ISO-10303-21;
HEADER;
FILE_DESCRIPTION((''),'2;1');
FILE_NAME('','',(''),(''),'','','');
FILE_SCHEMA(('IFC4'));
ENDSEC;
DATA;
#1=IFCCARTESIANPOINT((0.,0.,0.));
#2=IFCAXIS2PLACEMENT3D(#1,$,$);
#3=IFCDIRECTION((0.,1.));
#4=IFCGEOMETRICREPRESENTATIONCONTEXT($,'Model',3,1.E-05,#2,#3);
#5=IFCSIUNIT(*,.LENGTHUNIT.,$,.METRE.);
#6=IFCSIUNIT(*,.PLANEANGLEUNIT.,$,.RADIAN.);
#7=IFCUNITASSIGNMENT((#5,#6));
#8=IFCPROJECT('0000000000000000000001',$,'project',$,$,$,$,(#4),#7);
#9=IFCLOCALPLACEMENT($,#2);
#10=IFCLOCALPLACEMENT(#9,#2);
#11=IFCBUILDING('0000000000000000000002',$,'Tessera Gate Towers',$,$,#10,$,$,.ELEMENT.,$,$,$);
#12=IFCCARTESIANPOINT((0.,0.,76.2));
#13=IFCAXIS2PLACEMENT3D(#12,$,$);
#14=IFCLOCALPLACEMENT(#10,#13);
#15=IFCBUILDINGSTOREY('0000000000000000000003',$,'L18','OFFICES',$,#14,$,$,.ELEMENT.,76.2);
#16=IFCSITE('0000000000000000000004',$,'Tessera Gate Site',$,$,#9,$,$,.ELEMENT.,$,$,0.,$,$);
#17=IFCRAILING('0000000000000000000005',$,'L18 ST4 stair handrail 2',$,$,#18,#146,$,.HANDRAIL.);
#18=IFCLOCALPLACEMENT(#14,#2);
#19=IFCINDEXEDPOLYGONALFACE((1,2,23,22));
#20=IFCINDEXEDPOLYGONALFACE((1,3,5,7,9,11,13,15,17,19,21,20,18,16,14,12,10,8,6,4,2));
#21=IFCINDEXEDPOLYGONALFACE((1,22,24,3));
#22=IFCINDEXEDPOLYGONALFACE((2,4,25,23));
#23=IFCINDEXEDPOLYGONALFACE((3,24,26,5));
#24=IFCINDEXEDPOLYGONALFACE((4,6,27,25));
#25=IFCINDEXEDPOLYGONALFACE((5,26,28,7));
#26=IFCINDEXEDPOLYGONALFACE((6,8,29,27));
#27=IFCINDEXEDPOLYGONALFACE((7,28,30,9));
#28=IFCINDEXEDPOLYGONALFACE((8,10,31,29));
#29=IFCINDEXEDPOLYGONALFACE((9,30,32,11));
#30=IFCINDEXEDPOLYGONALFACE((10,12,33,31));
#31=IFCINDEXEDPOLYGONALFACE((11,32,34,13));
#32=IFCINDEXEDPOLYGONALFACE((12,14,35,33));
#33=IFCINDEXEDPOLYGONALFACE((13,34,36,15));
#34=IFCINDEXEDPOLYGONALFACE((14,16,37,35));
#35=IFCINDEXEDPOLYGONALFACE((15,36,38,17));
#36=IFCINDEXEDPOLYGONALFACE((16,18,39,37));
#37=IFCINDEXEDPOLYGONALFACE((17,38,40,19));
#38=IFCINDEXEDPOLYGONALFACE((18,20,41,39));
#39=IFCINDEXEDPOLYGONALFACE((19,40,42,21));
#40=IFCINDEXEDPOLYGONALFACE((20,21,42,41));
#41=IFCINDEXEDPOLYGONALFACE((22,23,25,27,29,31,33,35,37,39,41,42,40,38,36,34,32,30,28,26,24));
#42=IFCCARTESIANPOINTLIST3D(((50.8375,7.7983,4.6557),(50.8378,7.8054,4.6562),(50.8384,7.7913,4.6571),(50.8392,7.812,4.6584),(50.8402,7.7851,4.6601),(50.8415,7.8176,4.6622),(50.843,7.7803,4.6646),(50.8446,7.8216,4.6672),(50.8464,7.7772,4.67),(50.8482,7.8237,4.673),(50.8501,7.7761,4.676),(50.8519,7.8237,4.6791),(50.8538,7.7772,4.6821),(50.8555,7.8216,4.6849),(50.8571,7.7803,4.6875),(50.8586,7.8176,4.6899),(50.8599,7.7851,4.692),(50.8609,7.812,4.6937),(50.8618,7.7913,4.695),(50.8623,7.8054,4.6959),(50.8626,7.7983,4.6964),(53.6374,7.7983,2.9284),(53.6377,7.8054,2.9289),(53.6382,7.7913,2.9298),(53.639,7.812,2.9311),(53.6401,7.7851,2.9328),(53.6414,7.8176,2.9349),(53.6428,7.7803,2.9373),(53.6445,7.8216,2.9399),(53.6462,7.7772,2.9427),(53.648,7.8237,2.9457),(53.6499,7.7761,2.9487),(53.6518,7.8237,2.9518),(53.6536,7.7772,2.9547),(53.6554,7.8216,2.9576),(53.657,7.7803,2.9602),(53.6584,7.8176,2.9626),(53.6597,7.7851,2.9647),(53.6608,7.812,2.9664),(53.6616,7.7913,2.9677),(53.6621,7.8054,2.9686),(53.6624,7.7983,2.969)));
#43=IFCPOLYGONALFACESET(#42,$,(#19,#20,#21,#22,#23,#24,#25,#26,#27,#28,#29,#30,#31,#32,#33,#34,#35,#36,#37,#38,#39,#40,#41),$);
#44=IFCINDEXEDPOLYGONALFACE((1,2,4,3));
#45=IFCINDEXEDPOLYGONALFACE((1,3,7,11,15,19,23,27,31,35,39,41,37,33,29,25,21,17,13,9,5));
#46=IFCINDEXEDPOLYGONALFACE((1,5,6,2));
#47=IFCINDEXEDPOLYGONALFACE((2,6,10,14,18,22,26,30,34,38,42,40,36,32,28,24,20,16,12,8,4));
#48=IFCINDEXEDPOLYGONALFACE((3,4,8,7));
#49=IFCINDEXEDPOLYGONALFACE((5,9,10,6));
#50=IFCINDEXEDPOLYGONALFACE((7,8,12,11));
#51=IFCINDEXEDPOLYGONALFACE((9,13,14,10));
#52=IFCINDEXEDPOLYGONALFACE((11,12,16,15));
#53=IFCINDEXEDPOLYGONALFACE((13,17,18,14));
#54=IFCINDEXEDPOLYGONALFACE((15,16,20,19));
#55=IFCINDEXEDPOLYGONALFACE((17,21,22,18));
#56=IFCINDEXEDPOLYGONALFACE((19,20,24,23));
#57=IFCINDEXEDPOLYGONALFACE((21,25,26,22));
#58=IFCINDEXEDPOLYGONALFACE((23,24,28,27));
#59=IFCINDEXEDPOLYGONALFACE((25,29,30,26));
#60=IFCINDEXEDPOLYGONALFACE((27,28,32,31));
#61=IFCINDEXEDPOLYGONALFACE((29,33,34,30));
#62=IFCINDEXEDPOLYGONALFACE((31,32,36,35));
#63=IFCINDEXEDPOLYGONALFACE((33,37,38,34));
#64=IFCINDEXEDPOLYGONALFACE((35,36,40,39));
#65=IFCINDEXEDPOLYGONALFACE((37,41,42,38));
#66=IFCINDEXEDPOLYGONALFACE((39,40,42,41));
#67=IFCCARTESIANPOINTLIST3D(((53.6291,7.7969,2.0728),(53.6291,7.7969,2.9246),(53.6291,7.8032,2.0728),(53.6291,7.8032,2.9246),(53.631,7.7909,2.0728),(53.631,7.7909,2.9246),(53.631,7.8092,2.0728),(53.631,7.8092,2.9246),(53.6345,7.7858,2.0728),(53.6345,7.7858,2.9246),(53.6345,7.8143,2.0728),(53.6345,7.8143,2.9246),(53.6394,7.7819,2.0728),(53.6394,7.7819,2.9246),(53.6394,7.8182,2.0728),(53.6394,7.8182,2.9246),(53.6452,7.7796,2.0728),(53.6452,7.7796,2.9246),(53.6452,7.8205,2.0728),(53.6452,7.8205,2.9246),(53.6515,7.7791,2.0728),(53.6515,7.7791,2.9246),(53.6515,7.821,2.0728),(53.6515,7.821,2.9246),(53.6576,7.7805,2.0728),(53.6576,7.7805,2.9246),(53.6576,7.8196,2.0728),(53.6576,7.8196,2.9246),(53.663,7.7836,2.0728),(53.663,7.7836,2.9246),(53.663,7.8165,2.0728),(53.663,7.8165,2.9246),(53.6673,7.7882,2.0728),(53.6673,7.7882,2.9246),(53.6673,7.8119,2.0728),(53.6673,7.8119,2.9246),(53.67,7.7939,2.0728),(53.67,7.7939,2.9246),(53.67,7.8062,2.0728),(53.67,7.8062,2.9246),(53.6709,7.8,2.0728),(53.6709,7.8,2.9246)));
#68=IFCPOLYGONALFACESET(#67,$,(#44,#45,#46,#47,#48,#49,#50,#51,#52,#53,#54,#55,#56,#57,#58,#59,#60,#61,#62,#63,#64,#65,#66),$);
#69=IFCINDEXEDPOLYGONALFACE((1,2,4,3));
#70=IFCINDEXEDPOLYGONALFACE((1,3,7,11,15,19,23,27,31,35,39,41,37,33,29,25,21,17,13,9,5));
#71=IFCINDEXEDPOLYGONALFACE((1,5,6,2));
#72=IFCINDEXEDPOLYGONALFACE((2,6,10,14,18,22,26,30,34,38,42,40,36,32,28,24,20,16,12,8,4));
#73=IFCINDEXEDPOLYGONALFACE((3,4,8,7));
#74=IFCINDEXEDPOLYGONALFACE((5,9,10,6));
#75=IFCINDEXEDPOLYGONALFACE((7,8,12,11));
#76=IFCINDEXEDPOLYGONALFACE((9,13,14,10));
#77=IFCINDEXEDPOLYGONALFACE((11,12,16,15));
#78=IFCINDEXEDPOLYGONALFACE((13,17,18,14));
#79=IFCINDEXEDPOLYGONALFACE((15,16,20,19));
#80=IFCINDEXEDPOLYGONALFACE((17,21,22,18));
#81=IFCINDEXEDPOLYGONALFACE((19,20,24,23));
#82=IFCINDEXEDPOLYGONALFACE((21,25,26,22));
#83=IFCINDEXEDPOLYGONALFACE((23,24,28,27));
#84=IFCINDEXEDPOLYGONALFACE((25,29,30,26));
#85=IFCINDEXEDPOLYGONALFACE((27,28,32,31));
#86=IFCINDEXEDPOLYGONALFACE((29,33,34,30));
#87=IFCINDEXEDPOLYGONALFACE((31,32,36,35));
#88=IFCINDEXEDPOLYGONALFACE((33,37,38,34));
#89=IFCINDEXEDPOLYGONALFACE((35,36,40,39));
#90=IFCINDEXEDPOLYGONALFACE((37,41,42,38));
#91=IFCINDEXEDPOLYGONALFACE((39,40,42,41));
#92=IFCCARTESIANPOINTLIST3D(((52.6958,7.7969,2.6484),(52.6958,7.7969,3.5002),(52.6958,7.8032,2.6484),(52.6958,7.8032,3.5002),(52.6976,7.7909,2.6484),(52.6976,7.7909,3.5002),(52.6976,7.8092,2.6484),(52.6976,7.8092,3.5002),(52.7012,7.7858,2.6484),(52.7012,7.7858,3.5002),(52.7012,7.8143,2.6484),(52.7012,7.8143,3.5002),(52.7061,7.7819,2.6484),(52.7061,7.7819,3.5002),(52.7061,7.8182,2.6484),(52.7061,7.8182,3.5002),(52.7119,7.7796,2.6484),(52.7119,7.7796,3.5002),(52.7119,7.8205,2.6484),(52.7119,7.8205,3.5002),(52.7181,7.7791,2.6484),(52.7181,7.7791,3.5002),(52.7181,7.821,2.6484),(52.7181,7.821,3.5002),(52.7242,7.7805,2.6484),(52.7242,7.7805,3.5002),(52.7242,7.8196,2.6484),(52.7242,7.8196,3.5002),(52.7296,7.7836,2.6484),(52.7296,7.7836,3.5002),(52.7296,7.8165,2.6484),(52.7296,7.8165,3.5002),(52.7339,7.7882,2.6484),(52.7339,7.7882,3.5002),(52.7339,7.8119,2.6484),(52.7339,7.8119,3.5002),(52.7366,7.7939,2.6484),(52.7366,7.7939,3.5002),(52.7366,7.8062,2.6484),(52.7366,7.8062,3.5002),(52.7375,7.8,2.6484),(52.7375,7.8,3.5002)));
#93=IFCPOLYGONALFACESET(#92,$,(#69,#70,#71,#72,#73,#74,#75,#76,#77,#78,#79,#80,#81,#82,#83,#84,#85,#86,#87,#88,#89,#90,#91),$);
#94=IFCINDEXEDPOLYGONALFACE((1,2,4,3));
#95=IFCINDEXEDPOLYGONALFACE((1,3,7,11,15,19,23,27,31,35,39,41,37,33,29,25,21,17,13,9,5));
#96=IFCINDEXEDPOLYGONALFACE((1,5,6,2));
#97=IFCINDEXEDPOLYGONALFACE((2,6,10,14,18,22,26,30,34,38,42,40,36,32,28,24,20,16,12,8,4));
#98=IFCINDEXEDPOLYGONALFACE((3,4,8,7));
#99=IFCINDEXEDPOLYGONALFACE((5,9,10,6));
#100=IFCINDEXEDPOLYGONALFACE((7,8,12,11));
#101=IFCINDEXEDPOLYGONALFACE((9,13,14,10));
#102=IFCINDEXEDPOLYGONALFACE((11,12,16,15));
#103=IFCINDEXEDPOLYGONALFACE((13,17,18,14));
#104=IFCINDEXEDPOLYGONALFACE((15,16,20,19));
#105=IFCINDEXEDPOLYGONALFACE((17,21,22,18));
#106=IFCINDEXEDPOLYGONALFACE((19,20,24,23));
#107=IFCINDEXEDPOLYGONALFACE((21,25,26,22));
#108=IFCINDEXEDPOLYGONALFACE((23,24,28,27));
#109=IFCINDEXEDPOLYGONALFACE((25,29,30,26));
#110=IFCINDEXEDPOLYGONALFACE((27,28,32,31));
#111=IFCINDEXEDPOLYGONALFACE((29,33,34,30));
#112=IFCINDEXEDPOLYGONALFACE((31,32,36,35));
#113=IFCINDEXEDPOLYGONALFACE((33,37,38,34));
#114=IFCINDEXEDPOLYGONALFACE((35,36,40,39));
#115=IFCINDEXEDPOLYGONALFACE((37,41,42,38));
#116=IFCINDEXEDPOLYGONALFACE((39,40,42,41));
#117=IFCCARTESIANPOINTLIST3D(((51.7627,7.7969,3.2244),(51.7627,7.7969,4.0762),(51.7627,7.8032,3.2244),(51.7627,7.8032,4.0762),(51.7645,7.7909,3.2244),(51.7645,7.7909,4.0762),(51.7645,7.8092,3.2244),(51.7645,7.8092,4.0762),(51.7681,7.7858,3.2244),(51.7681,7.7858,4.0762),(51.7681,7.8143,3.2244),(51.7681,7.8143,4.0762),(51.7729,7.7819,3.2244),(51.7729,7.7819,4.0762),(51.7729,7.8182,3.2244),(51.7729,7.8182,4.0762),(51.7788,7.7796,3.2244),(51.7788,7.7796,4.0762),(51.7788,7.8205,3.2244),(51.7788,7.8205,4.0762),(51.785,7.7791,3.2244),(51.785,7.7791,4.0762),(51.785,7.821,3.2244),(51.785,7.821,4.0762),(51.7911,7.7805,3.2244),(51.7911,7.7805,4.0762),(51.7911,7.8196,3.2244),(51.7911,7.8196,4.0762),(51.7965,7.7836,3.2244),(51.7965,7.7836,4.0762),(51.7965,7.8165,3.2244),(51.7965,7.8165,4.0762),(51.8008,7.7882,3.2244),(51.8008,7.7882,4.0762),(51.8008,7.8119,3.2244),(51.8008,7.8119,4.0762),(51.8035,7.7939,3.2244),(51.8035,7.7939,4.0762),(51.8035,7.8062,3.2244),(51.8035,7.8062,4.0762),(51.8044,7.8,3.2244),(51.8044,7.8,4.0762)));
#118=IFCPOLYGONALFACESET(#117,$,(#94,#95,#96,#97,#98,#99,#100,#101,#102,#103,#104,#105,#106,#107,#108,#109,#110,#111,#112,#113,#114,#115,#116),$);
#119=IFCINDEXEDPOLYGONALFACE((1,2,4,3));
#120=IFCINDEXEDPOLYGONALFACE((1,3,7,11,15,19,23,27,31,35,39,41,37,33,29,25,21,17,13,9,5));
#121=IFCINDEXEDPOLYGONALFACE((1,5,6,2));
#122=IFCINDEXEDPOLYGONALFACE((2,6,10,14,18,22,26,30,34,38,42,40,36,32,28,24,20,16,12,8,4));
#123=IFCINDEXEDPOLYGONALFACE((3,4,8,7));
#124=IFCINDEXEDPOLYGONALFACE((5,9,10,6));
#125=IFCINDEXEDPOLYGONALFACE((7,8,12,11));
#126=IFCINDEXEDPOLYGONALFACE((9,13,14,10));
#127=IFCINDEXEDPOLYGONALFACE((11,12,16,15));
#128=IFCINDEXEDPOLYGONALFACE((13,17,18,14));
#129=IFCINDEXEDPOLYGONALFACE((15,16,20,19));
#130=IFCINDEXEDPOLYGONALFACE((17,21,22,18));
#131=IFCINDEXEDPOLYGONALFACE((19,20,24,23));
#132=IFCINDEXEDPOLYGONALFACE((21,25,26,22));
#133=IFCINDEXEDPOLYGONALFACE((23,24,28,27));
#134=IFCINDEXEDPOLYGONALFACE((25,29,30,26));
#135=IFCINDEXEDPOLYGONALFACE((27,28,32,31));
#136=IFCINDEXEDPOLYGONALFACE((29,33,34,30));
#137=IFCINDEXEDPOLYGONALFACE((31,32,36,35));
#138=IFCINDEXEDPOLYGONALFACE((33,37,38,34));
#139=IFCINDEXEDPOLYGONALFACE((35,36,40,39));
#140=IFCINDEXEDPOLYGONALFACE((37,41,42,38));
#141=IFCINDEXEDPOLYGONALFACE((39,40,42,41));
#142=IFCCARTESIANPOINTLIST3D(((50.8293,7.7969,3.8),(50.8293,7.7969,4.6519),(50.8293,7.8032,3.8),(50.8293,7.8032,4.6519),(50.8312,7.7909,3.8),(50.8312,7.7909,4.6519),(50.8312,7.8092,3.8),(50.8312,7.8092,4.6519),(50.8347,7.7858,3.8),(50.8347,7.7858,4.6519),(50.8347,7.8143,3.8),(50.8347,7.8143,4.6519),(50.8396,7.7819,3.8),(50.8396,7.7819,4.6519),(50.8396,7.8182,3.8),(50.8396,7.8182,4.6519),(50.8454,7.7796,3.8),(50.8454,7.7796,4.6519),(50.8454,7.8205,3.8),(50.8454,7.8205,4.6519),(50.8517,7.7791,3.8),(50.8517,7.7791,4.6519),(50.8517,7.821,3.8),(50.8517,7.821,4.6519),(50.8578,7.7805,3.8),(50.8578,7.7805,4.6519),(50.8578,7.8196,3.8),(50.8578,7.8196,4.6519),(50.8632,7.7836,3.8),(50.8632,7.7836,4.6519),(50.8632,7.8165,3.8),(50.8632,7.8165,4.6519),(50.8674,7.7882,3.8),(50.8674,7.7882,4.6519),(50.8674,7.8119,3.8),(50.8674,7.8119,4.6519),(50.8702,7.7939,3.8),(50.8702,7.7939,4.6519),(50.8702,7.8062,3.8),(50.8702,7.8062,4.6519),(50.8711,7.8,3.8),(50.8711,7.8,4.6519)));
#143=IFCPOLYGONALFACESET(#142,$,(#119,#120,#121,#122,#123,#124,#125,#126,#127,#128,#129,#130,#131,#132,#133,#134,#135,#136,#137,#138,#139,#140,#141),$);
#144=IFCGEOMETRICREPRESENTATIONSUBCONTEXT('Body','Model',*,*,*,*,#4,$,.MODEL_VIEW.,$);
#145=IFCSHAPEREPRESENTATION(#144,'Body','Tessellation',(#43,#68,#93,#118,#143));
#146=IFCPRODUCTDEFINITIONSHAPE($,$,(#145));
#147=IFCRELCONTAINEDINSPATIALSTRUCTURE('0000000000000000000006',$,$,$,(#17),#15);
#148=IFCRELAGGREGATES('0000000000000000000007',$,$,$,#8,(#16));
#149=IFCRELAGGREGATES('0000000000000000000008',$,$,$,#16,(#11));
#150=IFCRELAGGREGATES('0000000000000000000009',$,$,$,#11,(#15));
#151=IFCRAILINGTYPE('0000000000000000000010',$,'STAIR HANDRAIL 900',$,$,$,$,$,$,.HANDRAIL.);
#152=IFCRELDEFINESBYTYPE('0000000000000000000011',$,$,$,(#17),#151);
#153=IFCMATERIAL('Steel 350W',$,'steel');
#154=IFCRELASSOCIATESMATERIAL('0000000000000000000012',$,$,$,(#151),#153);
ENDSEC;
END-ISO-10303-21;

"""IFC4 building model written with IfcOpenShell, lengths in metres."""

from ifc_helpers import new_model, si_unit, direction, frame, origin, origin_2d, place, context, subcontext, project, spatial, circle, extrude, material, type_object, element, save


model = new_model("IFC4")

# Units and contexts
model_context = context("Model", 3, precision=1e-05, world=origin(), true_north=direction((0.0, 1.0)))
body_context = subcontext(model_context, "Body", "Model", "MODEL_VIEW")
ifc_project = project(units=[si_unit("LENGTHUNIT", "METRE"), si_unit("PLANEANGLEUNIT", "RADIAN")], contexts=[model_context])

# Site, building, storey
site_placement = place(None, origin())
site = spatial("IfcSite", under=ifc_project, at=site_placement, Name="Tessera Gate Site", CompositionType="ELEMENT", RefElevation=0.0)
building_placement = place(site_placement, origin())
building = spatial("IfcBuilding", under=site, at=building_placement, Name="Tessera Gate Towers", CompositionType="ELEMENT")
storey_placement = place(building_placement, frame((0.0, 0.0, 76.2)))
storey = spatial("IfcBuildingStorey", under=building, at=storey_placement, Name="L18", Description="OFFICES", CompositionType="ELEMENT", Elevation=76.2)

# Railing
ifc_material_1 = material(Name="Steel 350W", Category="steel")
railing_type = type_object("IfcRailingType", Name="STAIR HANDRAIL 900", PredefinedType="HANDRAIL", material=ifc_material_1)
railing_1_placement = place(storey_placement, frame((53.6499, 7.8, 2.0728)))
element("IfcRailing", 1, at=railing_1_placement, inside=storey, type_object=railing_type, Name="L18 ST4 stair handrail 2", PredefinedType="HANDRAIL", context=body_context, shape_type="SweptSolid", body=[
    extrude(circle(Radius=0.0239, at=origin_2d()), frame((0.0, 0.0, 0.876), z_axis=(-0.851069, 0.0, 0.525054), x_axis=(0.0, -1.0, 0.0)), (0.0, 0.0, 1.0), 3.2898),
    extrude(circle(Radius=0.021, at=origin_2d()), origin(), (0.0, 0.0, 1.0), 0.8518),
    extrude(circle(Radius=0.021, at=origin_2d()), frame((-0.9333, 0.0, 0.5757)), (0.0, 0.0, 1.0), 0.8518),
    extrude(circle(Radius=0.021, at=origin_2d()), frame((-1.8665, 0.0, 1.1516)), (0.0, 0.0, 1.0), 0.8518),
    extrude(circle(Radius=0.021, at=origin_2d()), frame((-2.7998, 0.0, 1.7273)), (0.0, 0.0, 1.0), 0.8518),
])

save(model, "model.ifc")
